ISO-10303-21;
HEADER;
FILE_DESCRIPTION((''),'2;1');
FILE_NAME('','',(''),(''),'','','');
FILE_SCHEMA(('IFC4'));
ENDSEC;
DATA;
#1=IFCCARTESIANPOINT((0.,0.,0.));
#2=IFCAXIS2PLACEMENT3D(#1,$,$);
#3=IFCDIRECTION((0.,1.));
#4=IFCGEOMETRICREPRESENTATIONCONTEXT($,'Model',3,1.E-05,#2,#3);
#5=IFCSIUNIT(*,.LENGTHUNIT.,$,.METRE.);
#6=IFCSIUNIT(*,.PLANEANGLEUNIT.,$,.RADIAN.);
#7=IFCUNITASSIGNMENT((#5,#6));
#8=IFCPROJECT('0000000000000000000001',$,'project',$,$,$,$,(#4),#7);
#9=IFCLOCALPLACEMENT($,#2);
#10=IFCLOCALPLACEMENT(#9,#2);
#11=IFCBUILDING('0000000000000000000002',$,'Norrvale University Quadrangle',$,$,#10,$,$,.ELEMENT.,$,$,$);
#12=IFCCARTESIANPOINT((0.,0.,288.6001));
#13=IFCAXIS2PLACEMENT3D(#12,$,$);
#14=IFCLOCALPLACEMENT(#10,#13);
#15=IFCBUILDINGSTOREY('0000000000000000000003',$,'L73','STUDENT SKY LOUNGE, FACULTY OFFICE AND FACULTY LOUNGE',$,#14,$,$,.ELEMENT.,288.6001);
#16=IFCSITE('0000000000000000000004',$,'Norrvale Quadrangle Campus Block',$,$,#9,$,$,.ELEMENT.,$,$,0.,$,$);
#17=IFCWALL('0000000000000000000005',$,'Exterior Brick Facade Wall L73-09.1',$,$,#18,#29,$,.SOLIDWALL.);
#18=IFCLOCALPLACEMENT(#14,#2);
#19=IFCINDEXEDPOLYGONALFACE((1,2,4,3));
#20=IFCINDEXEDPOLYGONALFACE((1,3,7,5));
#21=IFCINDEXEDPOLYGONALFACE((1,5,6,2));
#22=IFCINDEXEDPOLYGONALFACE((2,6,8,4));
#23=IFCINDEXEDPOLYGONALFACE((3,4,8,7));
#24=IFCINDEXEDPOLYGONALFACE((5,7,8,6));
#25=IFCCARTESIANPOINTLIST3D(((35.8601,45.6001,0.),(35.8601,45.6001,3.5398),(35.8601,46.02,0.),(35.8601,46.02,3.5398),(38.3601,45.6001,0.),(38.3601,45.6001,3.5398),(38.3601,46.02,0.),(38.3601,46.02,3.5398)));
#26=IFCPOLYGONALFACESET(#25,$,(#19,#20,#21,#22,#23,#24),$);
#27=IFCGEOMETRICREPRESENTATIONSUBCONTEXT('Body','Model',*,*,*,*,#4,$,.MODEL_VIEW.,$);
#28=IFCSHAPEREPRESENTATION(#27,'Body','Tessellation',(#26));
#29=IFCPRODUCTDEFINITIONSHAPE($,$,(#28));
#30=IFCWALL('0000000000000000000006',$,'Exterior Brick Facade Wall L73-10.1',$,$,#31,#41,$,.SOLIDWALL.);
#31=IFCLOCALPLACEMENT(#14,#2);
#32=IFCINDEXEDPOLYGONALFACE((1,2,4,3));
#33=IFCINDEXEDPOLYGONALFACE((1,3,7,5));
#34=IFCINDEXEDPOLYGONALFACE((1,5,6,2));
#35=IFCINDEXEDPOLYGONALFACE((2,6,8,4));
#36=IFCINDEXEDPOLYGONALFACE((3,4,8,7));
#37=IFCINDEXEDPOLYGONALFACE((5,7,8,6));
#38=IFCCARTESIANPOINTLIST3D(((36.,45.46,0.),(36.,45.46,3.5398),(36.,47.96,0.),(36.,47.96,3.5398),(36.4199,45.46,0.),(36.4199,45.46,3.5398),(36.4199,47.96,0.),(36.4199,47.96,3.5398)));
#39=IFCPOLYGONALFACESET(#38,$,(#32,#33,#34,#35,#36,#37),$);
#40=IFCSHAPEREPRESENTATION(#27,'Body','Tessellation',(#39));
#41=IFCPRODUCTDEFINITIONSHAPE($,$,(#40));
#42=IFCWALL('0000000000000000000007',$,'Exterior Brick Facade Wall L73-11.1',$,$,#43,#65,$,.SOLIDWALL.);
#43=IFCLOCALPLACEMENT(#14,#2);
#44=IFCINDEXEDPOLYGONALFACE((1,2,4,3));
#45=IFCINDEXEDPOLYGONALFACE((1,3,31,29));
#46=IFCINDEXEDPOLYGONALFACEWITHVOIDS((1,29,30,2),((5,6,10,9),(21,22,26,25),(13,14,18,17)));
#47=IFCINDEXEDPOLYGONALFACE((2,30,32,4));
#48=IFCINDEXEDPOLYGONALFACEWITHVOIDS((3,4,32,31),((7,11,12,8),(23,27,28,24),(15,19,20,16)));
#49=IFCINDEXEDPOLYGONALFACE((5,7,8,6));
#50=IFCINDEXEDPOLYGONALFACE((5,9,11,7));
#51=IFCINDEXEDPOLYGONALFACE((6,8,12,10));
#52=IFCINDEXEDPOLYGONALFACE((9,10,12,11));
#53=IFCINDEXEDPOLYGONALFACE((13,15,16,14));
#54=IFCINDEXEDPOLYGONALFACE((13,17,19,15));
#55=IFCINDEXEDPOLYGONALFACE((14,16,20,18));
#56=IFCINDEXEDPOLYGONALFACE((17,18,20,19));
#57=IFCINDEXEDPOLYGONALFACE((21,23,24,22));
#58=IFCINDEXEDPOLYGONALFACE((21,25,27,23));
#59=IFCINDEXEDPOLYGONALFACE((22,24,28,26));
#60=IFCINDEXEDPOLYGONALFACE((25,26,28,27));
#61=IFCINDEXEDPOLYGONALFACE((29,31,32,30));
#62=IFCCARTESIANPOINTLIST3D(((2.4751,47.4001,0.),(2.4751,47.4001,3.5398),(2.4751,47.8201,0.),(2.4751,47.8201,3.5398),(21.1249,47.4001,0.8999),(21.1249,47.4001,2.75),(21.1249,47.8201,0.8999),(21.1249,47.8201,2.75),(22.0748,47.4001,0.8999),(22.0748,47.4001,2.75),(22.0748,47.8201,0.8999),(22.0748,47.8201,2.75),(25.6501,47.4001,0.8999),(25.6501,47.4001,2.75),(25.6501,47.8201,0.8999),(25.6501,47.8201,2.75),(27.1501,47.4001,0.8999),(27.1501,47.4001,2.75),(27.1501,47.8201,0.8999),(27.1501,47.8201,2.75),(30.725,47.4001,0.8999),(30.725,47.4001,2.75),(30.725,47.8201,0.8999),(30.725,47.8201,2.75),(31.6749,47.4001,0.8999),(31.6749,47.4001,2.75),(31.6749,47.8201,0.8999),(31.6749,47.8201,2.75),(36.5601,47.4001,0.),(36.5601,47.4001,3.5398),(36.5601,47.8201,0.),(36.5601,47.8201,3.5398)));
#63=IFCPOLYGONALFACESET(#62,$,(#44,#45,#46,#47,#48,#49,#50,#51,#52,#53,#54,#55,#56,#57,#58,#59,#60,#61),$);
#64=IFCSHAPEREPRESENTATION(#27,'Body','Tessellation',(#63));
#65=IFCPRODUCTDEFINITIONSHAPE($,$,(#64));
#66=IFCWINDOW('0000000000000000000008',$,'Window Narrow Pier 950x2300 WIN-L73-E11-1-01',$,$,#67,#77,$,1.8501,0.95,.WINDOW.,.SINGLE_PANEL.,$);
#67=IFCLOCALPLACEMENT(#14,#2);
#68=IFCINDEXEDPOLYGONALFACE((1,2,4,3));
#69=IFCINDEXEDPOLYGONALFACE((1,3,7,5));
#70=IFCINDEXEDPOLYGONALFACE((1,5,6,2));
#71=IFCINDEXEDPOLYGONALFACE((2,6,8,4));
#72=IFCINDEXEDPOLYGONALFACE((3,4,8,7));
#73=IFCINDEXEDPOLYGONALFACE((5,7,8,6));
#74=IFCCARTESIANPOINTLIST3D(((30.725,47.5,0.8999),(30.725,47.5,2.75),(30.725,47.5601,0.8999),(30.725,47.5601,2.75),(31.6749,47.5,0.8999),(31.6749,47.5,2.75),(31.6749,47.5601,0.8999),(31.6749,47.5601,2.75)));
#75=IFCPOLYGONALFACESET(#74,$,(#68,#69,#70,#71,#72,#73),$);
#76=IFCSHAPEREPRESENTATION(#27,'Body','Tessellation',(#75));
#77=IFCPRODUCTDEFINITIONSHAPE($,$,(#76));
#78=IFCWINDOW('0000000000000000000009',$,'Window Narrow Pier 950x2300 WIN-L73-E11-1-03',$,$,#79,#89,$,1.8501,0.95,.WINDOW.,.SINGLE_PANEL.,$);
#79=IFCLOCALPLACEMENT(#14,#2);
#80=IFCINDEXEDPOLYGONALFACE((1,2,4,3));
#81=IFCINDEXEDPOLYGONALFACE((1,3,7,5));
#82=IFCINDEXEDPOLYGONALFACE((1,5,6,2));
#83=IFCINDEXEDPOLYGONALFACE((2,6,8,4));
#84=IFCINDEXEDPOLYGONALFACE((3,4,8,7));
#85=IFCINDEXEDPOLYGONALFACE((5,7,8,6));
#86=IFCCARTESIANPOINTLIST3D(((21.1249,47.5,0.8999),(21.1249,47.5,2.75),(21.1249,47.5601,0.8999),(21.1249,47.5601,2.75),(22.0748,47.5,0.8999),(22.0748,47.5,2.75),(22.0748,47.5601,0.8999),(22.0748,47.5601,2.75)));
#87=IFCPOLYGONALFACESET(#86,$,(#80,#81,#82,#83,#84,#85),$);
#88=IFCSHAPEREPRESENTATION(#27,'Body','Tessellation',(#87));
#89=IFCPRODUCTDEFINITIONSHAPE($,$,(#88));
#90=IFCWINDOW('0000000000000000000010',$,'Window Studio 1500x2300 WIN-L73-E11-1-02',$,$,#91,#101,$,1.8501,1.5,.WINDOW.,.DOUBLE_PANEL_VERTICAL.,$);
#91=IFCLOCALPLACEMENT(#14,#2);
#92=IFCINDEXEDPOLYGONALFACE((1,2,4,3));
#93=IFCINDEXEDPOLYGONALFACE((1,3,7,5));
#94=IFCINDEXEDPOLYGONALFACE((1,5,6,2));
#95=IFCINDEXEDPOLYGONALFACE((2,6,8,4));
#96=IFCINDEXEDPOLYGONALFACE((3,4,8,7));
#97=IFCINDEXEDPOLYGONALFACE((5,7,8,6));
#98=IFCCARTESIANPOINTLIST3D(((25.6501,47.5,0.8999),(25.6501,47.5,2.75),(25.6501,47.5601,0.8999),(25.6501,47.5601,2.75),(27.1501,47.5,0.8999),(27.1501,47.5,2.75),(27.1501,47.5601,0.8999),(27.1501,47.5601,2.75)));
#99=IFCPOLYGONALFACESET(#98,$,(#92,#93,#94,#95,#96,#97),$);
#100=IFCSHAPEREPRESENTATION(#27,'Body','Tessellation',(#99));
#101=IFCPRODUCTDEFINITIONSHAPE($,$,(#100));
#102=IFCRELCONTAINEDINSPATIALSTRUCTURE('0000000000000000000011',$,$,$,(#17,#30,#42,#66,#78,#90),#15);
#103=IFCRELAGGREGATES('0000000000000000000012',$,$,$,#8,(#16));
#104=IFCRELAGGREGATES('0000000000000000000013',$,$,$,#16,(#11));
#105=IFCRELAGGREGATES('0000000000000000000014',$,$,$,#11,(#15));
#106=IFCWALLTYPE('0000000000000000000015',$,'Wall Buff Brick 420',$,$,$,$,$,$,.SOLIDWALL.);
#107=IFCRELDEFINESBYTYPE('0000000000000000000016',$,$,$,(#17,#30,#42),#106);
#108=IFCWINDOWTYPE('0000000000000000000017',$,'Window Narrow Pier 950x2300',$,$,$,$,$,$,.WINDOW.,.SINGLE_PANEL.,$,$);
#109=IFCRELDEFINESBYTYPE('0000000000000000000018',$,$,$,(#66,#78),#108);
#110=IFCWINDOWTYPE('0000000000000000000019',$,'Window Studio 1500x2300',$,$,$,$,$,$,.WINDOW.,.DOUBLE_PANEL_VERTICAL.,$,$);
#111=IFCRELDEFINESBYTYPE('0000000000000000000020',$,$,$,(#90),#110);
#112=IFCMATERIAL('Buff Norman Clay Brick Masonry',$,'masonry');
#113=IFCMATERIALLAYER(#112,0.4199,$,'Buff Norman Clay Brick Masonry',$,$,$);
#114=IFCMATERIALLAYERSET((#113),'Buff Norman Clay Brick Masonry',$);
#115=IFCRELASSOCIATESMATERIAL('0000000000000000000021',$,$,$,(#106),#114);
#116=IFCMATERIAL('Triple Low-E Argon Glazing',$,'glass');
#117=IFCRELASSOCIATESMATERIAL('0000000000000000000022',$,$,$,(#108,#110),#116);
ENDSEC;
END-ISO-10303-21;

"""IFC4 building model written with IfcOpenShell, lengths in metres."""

from ifc_helpers import new_model, si_unit, direction, frame, frame_2d, origin, place, context, subcontext, project, spatial, rectangle, extrude, material, layer, layer_set, type_object, element, fill, save


model = new_model("IFC4")

# Units and contexts
model_context = context("Model", 3, precision=1e-05, world=origin(), true_north=direction((0.0, 1.0)))
body_context = subcontext(model_context, "Body", "Model", "MODEL_VIEW")
ifc_project = project(units=[si_unit("LENGTHUNIT", "METRE"), si_unit("PLANEANGLEUNIT", "RADIAN")], contexts=[model_context])

# Site, building, storey
site_placement = place(None, origin())
site = spatial("IfcSite", under=ifc_project, at=site_placement, Name="Norrvale Quadrangle Campus Block", CompositionType="ELEMENT", RefElevation=0.0)
building_placement = place(site_placement, origin())
building = spatial("IfcBuilding", under=site, at=building_placement, Name="Norrvale University Quadrangle", CompositionType="ELEMENT")
storey_placement = place(building_placement, frame((0.0, 0.0, 288.6001)))
storey = spatial("IfcBuildingStorey", under=building, at=storey_placement, Name="L73", Description="STUDENT SKY LOUNGE, FACULTY OFFICE AND FACULTY LOUNGE", CompositionType="ELEMENT", Elevation=288.6001)

# Shared definitions
ifc_material_1 = material(Name="Buff Norman Clay Brick Masonry", Category="masonry")
ifc_layer = layer(ifc_material_1, 0.4199, Name="Buff Norman Clay Brick Masonry")
ifc_layer_set = layer_set([ifc_layer], Name="Buff Norman Clay Brick Masonry")
wall_type = type_object("IfcWallType", Name="Wall Buff Brick 420", PredefinedType="SOLIDWALL", material=ifc_layer_set)

# Shared definitions
ifc_material_2 = material(Name="Triple Low-E Argon Glazing", Category="glass")

# Walls
for number, where, z_axis, x_axis, name in (
    (1, (38.3601, 45.8101, 0.0), (0.0, 0.0, 1.0), (-1.0, 0.0, 0.0), "Exterior Brick Facade Wall L73-09.1"),
    (2, (36.21, 45.46, 0.0), (0.0, 0.0, 1.0), (0.0, 1.0, 0.0), "Exterior Brick Facade Wall L73-10.1"),
):
    element("IfcWall", number, at=place(storey_placement, frame(where, z_axis=z_axis, x_axis=x_axis)), inside=storey, type_object=wall_type, Name=name, PredefinedType="SOLIDWALL", context=body_context, shape_type="SweptSolid", body=[
        extrude(rectangle(XDim=2.5, YDim=0.4199, at=frame_2d((1.25, 0.0))), origin(), (0.0, 0.0, 1.0), 3.5398),
    ])

# Wall, openings, windows
wall_1_placement = place(storey_placement, frame((36.5601, 47.6101, 0.0), z_axis=(0.0, 0.0, 1.0), x_axis=(-1.0, 0.0, 0.0)))
wall_1 = element("IfcWall", 3, at=wall_1_placement, inside=storey, type_object=wall_type, Name="Exterior Brick Facade Wall L73-11.1", PredefinedType="SOLIDWALL", context=body_context, shape_type="SweptSolid", body=[
    extrude(rectangle(XDim=34.085, YDim=0.4199, at=frame_2d((17.0425, 0.0))), origin(), (0.0, 0.0, 1.0), 3.5398),
])
opening_1_placement = place(wall_1_placement, frame((4.885, 0.0, 0.8999)))
opening_1 = element("IfcOpeningElement", 4, at=opening_1_placement, cuts=wall_1, PredefinedType="OPENING", context=body_context, shape_type="SweptSolid", body=[
    extrude(rectangle(XDim=0.95, YDim=1.8501, at=frame_2d((0.4751, 0.925))), frame((0.0, 0.2219, 0.0), z_axis=(0.0, -1.0, 0.0), x_axis=(1.0, 0.0, 0.0)), (0.0, 0.0, 1.0), 0.4438),
])
opening_2_placement = place(wall_1_placement, frame((9.4099, 0.0, 0.8999)))
opening_2 = element("IfcOpeningElement", 5, at=opening_2_placement, cuts=wall_1, PredefinedType="OPENING", context=body_context, shape_type="SweptSolid", body=[
    extrude(rectangle(XDim=1.5, YDim=1.8501, at=frame_2d((0.75, 0.925))), frame((0.0, 0.2219, 0.0), z_axis=(0.0, -1.0, 0.0), x_axis=(1.0, 0.0, 0.0)), (0.0, 0.0, 1.0), 0.4438),
])
opening_3_placement = place(wall_1_placement, frame((14.4851, 0.0, 0.8999)))
opening_3 = element("IfcOpeningElement", 6, at=opening_3_placement, cuts=wall_1, PredefinedType="OPENING", context=body_context, shape_type="SweptSolid", body=[
    extrude(rectangle(XDim=0.95, YDim=1.8501, at=frame_2d((0.4751, 0.925))), frame((0.0, 0.2219, 0.0), z_axis=(0.0, -1.0, 0.0), x_axis=(1.0, 0.0, 0.0)), (0.0, 0.0, 1.0), 0.4438),
])
window_type_1 = type_object("IfcWindowType", Name="Window Narrow Pier 950x2300", PartitioningType="SINGLE_PANEL", PredefinedType="WINDOW", material=ifc_material_2)
window_1_placement = place(opening_1_placement, origin())
window_1 = element("IfcWindow", 7, at=window_1_placement, inside=storey, type_object=window_type_1, Name="Window Narrow Pier 950x2300 WIN-L73-E11-1-01", OverallHeight=1.8501, OverallWidth=0.95, PartitioningType="SINGLE_PANEL", PredefinedType="WINDOW", context=body_context, shape_type="SweptSolid", body=[
    extrude(rectangle(XDim=0.95, YDim=1.8501, at=frame_2d((0.4751, 0.925))), frame((0.0, 0.1101, 0.0), z_axis=(0.0, -1.0, 0.0), x_axis=(1.0, 0.0, 0.0)), (0.0, 0.0, 1.0), 0.0601),
])
fill(opening_1, window_1)
window_2_placement = place(opening_3_placement, origin())
window_2 = element("IfcWindow", 8, at=window_2_placement, inside=storey, type_object=window_type_1, Name="Window Narrow Pier 950x2300 WIN-L73-E11-1-03", OverallHeight=1.8501, OverallWidth=0.95, PartitioningType="SINGLE_PANEL", PredefinedType="WINDOW", context=body_context, shape_type="SweptSolid", body=[
    extrude(rectangle(XDim=0.95, YDim=1.8501, at=frame_2d((0.4751, 0.925))), frame((0.0, 0.1101, 0.0), z_axis=(0.0, -1.0, 0.0), x_axis=(1.0, 0.0, 0.0)), (0.0, 0.0, 1.0), 0.0601),
])
fill(opening_3, window_2)
window_type_2 = type_object("IfcWindowType", Name="Window Studio 1500x2300", PartitioningType="DOUBLE_PANEL_VERTICAL", PredefinedType="WINDOW", material=ifc_material_2)
window_3_placement = place(opening_2_placement, origin())
window_3 = element("IfcWindow", 9, at=window_3_placement, inside=storey, type_object=window_type_2, Name="Window Studio 1500x2300 WIN-L73-E11-1-02", OverallHeight=1.8501, OverallWidth=1.5, PartitioningType="DOUBLE_PANEL_VERTICAL", PredefinedType="WINDOW", context=body_context, shape_type="SweptSolid", body=[
    extrude(rectangle(XDim=1.5, YDim=1.8501, at=frame_2d((0.75, 0.925))), frame((0.0, 0.1101, 0.0), z_axis=(0.0, -1.0, 0.0), x_axis=(1.0, 0.0, 0.0)), (0.0, 0.0, 1.0), 0.0601),
])
fill(opening_2, window_3)

save(model, "model.ifc")
